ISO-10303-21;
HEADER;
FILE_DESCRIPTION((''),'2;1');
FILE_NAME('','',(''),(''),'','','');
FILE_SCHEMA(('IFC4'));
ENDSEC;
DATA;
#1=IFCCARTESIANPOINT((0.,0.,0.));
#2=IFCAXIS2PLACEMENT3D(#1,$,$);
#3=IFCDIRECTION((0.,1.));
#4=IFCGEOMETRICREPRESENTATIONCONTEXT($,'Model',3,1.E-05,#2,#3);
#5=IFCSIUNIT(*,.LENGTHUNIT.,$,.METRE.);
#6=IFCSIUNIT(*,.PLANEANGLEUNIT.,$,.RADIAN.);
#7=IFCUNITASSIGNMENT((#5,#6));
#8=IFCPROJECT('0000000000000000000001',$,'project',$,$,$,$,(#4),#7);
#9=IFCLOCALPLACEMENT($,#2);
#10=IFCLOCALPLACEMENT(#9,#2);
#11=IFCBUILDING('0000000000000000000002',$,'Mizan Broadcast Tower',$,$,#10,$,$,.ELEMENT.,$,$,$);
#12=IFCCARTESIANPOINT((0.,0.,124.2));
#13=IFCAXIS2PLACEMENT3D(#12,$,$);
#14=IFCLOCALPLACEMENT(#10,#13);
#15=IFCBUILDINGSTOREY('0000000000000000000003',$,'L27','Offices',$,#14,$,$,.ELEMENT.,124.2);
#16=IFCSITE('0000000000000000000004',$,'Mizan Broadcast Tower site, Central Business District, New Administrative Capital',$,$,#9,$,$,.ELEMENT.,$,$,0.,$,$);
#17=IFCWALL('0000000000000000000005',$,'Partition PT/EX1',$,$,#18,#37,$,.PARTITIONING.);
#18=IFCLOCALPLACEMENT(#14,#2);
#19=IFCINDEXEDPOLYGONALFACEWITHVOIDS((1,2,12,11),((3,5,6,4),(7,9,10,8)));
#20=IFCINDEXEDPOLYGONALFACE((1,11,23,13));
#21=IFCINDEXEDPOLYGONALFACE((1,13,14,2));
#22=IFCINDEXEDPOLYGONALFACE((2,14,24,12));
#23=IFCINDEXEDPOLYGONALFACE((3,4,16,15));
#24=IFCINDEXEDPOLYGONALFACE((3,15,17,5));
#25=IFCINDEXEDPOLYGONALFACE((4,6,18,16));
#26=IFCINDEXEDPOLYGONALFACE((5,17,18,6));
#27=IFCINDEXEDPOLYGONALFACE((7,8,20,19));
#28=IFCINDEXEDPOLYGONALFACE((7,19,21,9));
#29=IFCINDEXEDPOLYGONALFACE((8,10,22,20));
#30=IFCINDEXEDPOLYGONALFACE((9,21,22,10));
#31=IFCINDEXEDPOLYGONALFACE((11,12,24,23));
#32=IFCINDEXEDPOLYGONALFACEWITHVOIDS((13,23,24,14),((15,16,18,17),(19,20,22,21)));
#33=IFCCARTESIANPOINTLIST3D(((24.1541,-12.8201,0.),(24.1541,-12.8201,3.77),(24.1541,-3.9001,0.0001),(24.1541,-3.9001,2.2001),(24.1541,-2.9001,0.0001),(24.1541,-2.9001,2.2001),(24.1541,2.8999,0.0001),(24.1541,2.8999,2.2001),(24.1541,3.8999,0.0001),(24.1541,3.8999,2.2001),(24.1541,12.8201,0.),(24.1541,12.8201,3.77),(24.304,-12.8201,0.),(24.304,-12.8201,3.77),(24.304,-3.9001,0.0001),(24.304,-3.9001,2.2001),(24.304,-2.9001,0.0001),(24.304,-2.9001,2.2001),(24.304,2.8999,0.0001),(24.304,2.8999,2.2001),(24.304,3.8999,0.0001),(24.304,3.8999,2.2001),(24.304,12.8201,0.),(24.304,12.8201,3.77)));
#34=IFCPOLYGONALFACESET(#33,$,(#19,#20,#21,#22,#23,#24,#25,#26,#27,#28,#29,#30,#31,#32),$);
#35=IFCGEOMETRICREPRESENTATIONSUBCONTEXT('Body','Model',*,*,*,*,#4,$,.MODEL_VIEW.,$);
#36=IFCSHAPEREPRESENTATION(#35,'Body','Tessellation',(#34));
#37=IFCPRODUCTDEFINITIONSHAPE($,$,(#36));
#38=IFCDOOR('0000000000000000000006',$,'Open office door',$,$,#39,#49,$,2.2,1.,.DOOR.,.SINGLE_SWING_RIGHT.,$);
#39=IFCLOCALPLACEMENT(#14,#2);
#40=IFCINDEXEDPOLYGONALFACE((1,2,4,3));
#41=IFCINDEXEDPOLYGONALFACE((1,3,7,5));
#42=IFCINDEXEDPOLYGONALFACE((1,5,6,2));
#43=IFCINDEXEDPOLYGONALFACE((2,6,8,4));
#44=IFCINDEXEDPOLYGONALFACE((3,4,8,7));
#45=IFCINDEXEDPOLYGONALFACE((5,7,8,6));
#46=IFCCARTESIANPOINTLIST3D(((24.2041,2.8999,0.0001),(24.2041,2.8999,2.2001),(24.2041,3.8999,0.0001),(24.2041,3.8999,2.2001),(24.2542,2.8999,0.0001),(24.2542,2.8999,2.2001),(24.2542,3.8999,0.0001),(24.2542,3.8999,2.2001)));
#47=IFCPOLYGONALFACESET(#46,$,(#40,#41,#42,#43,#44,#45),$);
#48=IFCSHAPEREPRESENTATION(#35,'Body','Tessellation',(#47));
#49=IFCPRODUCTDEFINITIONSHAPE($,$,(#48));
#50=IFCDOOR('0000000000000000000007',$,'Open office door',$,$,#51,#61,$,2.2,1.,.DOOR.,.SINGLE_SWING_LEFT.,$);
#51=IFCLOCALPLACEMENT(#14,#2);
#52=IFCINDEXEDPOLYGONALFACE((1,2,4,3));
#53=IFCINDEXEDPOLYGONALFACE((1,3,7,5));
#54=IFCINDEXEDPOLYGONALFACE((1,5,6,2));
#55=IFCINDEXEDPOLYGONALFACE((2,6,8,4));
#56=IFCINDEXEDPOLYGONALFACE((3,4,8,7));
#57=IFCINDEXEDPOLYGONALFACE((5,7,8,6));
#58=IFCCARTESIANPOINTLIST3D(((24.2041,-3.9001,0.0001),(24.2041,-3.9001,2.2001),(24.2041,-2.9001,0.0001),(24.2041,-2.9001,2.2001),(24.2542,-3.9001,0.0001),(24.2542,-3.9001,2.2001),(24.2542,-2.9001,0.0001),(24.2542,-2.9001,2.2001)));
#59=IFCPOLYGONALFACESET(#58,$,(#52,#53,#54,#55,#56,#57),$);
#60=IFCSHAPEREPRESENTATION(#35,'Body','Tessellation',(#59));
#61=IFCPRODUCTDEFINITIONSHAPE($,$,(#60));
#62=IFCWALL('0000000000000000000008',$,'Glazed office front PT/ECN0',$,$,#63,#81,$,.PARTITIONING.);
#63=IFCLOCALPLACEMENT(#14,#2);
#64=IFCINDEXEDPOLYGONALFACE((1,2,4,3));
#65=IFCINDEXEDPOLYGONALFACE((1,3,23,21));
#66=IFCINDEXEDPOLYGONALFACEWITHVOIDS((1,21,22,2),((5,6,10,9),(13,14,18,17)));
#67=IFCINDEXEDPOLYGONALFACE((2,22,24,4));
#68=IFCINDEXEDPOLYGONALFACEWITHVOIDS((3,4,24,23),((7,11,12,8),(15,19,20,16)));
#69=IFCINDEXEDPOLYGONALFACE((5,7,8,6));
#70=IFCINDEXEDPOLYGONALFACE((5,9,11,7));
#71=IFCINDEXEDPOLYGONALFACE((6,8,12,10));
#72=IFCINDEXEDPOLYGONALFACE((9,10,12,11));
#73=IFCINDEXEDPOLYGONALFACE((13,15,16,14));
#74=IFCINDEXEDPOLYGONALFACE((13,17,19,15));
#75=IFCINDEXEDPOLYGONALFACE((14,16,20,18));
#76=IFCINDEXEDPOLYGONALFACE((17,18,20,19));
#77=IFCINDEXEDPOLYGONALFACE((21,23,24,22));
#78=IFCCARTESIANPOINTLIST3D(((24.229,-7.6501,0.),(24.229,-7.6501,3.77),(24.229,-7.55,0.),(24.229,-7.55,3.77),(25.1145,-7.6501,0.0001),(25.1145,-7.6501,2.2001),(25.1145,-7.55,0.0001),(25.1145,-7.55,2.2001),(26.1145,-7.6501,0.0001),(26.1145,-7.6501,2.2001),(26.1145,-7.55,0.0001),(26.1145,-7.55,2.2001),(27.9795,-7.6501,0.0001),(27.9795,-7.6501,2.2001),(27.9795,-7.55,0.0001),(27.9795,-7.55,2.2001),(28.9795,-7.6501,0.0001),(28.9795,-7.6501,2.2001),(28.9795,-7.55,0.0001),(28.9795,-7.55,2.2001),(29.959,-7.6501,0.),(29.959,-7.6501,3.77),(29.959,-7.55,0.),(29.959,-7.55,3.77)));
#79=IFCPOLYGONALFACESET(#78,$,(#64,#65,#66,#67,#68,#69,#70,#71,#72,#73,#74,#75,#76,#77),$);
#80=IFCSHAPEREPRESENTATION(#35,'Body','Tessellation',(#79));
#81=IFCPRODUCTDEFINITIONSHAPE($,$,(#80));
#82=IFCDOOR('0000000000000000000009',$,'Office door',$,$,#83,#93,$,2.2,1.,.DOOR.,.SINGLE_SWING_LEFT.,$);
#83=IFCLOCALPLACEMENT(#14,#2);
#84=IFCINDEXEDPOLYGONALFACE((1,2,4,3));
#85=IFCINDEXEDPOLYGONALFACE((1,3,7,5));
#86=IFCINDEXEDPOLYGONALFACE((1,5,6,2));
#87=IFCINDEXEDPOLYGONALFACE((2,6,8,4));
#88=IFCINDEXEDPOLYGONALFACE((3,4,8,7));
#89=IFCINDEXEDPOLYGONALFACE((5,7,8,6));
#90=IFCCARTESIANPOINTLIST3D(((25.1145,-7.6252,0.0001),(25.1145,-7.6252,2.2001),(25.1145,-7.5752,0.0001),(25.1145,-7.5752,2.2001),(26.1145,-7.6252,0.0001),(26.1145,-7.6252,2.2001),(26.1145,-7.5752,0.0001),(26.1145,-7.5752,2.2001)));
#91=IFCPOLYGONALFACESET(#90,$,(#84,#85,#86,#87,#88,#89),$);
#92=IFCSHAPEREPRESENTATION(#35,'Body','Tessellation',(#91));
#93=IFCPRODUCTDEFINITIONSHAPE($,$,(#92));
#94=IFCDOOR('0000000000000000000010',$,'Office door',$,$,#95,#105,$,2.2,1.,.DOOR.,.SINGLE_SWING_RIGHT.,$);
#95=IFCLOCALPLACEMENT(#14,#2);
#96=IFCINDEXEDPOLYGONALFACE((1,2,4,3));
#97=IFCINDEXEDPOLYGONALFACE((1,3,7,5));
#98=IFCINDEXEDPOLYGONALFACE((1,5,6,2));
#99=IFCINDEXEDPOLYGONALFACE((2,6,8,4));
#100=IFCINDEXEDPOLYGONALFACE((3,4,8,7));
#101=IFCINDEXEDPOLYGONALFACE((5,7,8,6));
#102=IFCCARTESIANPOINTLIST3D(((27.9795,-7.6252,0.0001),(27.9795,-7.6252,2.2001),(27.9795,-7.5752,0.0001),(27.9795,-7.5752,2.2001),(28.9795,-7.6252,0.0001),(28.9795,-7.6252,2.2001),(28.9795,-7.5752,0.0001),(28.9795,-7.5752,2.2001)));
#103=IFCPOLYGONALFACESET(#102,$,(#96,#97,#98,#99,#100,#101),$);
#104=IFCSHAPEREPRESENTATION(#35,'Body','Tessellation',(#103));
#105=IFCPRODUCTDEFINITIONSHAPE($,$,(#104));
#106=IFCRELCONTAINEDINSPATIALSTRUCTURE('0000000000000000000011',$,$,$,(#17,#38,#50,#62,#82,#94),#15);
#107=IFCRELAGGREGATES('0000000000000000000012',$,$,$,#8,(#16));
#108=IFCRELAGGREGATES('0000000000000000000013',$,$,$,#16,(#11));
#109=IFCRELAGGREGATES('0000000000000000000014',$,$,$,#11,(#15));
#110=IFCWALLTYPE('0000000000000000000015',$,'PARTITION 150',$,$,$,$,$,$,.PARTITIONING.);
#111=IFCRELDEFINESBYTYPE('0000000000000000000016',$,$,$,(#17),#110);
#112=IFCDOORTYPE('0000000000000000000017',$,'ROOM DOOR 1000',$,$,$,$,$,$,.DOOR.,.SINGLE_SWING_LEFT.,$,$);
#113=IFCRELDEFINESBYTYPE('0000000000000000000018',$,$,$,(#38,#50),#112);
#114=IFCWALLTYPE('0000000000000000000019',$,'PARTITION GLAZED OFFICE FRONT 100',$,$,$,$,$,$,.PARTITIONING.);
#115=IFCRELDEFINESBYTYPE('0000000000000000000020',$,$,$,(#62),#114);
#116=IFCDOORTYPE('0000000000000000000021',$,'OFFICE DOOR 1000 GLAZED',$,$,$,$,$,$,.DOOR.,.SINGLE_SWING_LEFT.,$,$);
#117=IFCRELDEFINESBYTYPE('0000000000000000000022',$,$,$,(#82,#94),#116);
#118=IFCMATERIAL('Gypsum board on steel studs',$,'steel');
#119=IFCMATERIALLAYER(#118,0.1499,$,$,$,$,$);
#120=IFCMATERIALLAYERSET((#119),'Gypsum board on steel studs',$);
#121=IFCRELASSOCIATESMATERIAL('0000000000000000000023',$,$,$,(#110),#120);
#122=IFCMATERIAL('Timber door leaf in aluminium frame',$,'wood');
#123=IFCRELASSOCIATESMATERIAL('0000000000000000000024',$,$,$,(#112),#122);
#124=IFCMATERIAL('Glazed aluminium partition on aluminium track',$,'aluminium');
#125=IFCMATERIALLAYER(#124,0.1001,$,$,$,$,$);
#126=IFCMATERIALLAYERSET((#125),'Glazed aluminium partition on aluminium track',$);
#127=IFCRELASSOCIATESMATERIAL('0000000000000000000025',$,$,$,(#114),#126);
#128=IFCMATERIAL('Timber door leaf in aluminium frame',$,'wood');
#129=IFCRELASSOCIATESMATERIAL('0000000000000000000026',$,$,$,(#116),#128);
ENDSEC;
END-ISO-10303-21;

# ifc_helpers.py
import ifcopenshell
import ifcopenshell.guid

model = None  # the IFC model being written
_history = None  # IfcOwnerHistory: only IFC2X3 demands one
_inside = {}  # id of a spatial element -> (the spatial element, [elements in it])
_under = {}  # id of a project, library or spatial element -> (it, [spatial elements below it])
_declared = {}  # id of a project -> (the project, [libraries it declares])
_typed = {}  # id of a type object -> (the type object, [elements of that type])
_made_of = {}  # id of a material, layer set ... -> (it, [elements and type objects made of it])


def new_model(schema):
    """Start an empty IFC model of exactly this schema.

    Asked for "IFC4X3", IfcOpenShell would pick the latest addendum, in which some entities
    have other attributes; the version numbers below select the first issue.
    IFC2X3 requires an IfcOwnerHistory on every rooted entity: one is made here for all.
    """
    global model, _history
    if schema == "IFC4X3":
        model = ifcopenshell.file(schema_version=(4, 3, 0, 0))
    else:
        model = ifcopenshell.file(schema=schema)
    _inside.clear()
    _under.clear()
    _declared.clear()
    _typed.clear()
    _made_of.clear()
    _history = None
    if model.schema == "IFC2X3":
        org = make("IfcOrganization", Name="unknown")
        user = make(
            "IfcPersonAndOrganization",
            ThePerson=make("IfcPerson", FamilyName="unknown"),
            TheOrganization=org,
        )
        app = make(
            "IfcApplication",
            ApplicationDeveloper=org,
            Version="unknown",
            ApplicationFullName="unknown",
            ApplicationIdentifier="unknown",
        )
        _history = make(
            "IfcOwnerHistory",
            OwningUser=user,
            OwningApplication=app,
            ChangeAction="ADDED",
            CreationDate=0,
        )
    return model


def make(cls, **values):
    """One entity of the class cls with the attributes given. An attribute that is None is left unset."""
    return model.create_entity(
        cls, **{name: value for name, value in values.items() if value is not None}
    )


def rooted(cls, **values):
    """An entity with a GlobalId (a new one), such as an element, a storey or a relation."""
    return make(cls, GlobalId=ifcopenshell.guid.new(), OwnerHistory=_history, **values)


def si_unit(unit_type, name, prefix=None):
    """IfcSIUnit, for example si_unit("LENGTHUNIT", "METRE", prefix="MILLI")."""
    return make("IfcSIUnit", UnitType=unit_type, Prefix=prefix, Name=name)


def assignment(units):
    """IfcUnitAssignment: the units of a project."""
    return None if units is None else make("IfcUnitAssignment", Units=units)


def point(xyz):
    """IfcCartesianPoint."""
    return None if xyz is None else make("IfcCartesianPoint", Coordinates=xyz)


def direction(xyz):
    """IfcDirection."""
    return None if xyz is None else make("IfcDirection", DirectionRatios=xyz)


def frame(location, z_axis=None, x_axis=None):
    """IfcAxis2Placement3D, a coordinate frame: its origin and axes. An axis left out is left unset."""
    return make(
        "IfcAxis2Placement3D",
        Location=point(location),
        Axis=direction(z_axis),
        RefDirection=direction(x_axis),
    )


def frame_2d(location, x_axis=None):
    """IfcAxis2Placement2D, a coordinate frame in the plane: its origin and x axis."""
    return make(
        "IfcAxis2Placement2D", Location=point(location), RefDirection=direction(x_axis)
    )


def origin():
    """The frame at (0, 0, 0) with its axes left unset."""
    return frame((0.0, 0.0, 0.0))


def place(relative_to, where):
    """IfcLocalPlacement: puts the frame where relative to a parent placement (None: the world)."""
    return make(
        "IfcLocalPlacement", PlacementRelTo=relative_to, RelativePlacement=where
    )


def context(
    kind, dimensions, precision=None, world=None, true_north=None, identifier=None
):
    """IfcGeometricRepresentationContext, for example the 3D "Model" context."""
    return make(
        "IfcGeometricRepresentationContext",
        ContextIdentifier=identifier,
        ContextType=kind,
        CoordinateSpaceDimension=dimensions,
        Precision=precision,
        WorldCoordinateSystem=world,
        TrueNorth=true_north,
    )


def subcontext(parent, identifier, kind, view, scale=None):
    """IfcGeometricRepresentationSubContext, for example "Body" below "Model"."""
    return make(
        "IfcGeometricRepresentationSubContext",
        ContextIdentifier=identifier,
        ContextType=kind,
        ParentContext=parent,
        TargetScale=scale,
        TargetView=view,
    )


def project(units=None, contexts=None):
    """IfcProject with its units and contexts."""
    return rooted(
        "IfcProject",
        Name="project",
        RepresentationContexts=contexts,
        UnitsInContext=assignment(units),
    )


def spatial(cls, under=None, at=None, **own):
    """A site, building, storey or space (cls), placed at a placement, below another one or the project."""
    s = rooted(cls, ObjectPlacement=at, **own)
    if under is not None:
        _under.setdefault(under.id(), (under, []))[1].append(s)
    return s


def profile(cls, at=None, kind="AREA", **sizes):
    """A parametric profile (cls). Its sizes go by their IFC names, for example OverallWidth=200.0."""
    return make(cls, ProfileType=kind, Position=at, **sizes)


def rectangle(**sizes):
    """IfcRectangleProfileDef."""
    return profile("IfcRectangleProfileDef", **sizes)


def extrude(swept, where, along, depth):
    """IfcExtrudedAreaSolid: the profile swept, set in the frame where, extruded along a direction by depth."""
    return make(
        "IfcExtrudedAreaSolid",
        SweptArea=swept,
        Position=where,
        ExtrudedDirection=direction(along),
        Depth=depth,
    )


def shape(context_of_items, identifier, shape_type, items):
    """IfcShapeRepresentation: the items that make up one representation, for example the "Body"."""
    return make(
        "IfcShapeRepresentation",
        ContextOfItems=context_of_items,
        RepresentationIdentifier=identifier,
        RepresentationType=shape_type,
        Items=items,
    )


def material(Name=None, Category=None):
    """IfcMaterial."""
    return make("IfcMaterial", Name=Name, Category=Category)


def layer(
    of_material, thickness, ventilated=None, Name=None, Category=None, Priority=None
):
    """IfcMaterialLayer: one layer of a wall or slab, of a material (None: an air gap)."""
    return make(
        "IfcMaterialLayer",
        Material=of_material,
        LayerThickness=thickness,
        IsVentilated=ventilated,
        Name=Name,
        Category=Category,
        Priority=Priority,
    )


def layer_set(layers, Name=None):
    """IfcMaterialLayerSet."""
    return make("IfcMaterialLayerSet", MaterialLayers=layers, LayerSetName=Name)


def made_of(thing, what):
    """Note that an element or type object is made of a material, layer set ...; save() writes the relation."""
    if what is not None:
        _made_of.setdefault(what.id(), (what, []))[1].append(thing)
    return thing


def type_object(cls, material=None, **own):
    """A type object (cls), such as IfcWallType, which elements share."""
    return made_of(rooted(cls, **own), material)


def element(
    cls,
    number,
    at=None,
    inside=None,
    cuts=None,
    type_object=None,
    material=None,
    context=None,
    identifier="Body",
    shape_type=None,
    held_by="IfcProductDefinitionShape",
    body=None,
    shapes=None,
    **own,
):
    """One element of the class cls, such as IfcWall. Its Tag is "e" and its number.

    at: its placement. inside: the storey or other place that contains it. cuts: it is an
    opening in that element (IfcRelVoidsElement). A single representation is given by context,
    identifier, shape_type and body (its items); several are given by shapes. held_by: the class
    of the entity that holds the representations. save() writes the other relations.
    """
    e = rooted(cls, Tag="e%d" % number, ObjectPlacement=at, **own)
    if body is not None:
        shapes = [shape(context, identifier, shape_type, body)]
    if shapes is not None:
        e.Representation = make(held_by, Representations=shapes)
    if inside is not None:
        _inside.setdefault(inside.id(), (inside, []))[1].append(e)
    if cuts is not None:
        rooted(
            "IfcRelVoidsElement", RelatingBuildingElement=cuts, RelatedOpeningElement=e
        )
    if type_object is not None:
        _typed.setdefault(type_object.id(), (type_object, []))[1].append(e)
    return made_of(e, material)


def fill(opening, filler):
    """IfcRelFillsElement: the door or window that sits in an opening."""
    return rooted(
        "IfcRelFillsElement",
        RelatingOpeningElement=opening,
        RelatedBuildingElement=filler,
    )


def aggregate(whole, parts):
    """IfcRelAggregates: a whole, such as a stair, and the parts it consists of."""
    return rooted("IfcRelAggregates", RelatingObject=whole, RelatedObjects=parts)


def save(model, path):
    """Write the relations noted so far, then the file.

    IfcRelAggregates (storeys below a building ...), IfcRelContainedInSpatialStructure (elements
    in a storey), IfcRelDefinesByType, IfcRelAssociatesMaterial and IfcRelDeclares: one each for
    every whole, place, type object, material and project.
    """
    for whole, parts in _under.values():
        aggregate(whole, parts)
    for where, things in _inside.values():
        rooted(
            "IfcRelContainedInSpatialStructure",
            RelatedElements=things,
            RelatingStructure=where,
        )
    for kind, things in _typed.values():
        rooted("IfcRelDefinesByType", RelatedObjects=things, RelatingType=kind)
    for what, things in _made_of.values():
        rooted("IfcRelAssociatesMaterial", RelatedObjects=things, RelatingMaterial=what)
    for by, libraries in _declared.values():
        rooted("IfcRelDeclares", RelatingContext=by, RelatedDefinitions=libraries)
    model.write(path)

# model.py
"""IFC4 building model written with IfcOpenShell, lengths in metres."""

from ifc_helpers import new_model, si_unit, direction, frame, frame_2d, origin, place, context, subcontext, project, spatial, rectangle, extrude, material, layer, layer_set, type_object, element, fill, save


model = new_model("IFC4")

# Units and contexts
model_context = context("Model", 3, precision=1e-05, world=origin(), true_north=direction((0.0, 1.0)))
body_context = subcontext(model_context, "Body", "Model", "MODEL_VIEW")
ifc_project = project(units=[si_unit("LENGTHUNIT", "METRE"), si_unit("PLANEANGLEUNIT", "RADIAN")], contexts=[model_context])

# Site, building, storey
site_placement = place(None, origin())
site = spatial("IfcSite", under=ifc_project, at=site_placement, Name="Mizan Broadcast Tower site, Central Business District, New Administrative Capital", CompositionType="ELEMENT", RefElevation=0.0)
building_placement = place(site_placement, origin())
building = spatial("IfcBuilding", under=site, at=building_placement, Name="Mizan Broadcast Tower", CompositionType="ELEMENT")
storey_placement = place(building_placement, frame((0.0, 0.0, 124.2)))
storey = spatial("IfcBuildingStorey", under=building, at=storey_placement, Name="L27", Description="Offices", CompositionType="ELEMENT", Elevation=124.2)

# Walls, openings, doors
ifc_material_1 = material(Name="Gypsum board on steel studs", Category="steel")
ifc_layer_1 = layer(ifc_material_1, 0.1499)
ifc_layer_set_1 = layer_set([ifc_layer_1], Name="Gypsum board on steel studs")
wall_type_1 = type_object("IfcWallType", Name="PARTITION 150", PredefinedType="PARTITIONING", material=ifc_layer_set_1)
wall_1_placement = place(storey_placement, frame((24.229, -12.8201, 0.0), z_axis=(0.0, 0.0, 1.0), x_axis=(0.0, 1.0, 0.0)))
wall_1 = element("IfcWall", 1, at=wall_1_placement, inside=storey, type_object=wall_type_1, Name="Partition PT/EX1", PredefinedType="PARTITIONING", context=body_context, shape_type="SweptSolid", body=[
    extrude(rectangle(XDim=25.6401, YDim=0.1499, at=frame_2d((12.8201, 0.0))), origin(), (0.0, 0.0, 1.0), 3.77),
])
opening_1_placement = place(wall_1_placement, frame((15.72, 0.0, 0.0)))
opening_1 = element("IfcOpeningElement", 2, at=opening_1_placement, cuts=wall_1, PredefinedType="OPENING", context=body_context, shape_type="SweptSolid", body=[
    extrude(rectangle(XDim=1.0, YDim=2.2, at=frame_2d((0.5, 1.1001))), frame((0.0, 0.085, 0.0), z_axis=(0.0, -1.0, 0.0), x_axis=(1.0, 0.0, 0.0)), (0.0, 0.0, 1.0), 0.1699),
])
opening_2_placement = place(wall_1_placement, frame((8.9199, 0.0, 0.0)))
opening_2 = element("IfcOpeningElement", 3, at=opening_2_placement, cuts=wall_1, PredefinedType="OPENING", context=body_context, shape_type="SweptSolid", body=[
    extrude(rectangle(XDim=1.0, YDim=2.2, at=frame_2d((0.5, 1.1001))), frame((0.0, 0.085, 0.0), z_axis=(0.0, -1.0, 0.0), x_axis=(1.0, 0.0, 0.0)), (0.0, 0.0, 1.0), 0.1699),
])
ifc_material_2 = material(Name="Timber door leaf in aluminium frame", Category="wood")
door_type_1 = type_object("IfcDoorType", Name="ROOM DOOR 1000", OperationType="SINGLE_SWING_LEFT", PredefinedType="DOOR", material=ifc_material_2)
door_1_placement = place(opening_1_placement, origin())
door_1 = element("IfcDoor", 4, at=door_1_placement, inside=storey, type_object=door_type_1, Name="Open office door", OperationType="SINGLE_SWING_RIGHT", OverallHeight=2.2, OverallWidth=1.0, PredefinedType="DOOR", context=body_context, shape_type="SweptSolid", body=[
    extrude(rectangle(XDim=1.0, YDim=2.2, at=frame_2d((0.5, 1.1001))), frame((0.0, 0.0249, 0.0), z_axis=(0.0, -1.0, 0.0), x_axis=(1.0, 0.0, 0.0)), (0.0, 0.0, 1.0), 0.05),
])
fill(opening_1, door_1)
door_2_placement = place(opening_2_placement, origin())
door_2 = element("IfcDoor", 5, at=door_2_placement, inside=storey, type_object=door_type_1, Name="Open office door", OperationType="SINGLE_SWING_LEFT", OverallHeight=2.2, OverallWidth=1.0, PredefinedType="DOOR", context=body_context, shape_type="SweptSolid", body=[
    extrude(rectangle(XDim=1.0, YDim=2.2, at=frame_2d((0.5, 1.1001))), frame((0.0, 0.0249, 0.0), z_axis=(0.0, -1.0, 0.0), x_axis=(1.0, 0.0, 0.0)), (0.0, 0.0, 1.0), 0.05),
])
fill(opening_2, door_2)
ifc_material_3 = material(Name="Glazed aluminium partition on aluminium track", Category="aluminium")
ifc_layer_2 = layer(ifc_material_3, 0.1001)
ifc_layer_set_2 = layer_set([ifc_layer_2], Name="Glazed aluminium partition on aluminium track")
wall_type_2 = type_object("IfcWallType", Name="PARTITION GLAZED OFFICE FRONT 100", PredefinedType="PARTITIONING", material=ifc_layer_set_2)
wall_2_placement = place(storey_placement, frame((24.229, -7.6001, 0.0), z_axis=(0.0, 0.0, 1.0), x_axis=(1.0, 0.0, 0.0)))
wall_2 = element("IfcWall", 6, at=wall_2_placement, inside=storey, type_object=wall_type_2, Name="Glazed office front PT/ECN0", PredefinedType="PARTITIONING", context=body_context, shape_type="SweptSolid", body=[
    extrude(rectangle(XDim=5.73, YDim=0.1001, at=frame_2d((2.865, 0.0))), origin(), (0.0, 0.0, 1.0), 3.77),
])
opening_3_placement = place(wall_2_placement, frame((0.8855, 0.0, 0.0)))
opening_3 = element("IfcOpeningElement", 7, at=opening_3_placement, cuts=wall_2, PredefinedType="OPENING", context=body_context, shape_type="SweptSolid", body=[
    extrude(rectangle(XDim=1.0, YDim=2.2, at=frame_2d((0.5, 1.1001))), frame((0.0, 0.0601, 0.0), z_axis=(0.0, -1.0, 0.0), x_axis=(1.0, 0.0, 0.0)), (0.0, 0.0, 1.0), 0.1201),
])
opening_4_placement = place(wall_2_placement, frame((3.7505, 0.0, 0.0)))
opening_4 = element("IfcOpeningElement", 8, at=opening_4_placement, cuts=wall_2, PredefinedType="OPENING", context=body_context, shape_type="SweptSolid", body=[
    extrude(rectangle(XDim=1.0, YDim=2.2, at=frame_2d((0.5, 1.1001))), frame((0.0, 0.0601, 0.0), z_axis=(0.0, -1.0, 0.0), x_axis=(1.0, 0.0, 0.0)), (0.0, 0.0, 1.0), 0.1201),
])
ifc_material_4 = material(Name="Timber door leaf in aluminium frame", Category="wood")
door_type_2 = type_object("IfcDoorType", Name="OFFICE DOOR 1000 GLAZED", OperationType="SINGLE_SWING_LEFT", PredefinedType="DOOR", material=ifc_material_4)
door_3_placement = place(opening_3_placement, origin())
door_3 = element("IfcDoor", 9, at=door_3_placement, inside=storey, type_object=door_type_2, Name="Office door", OperationType="SINGLE_SWING_LEFT", OverallHeight=2.2, OverallWidth=1.0, PredefinedType="DOOR", context=body_context, shape_type="SweptSolid", body=[
    extrude(rectangle(XDim=1.0, YDim=2.2, at=frame_2d((0.5, 1.1001))), frame((0.0, 0.0249, 0.0), z_axis=(0.0, -1.0, 0.0), x_axis=(1.0, 0.0, 0.0)), (0.0, 0.0, 1.0), 0.05),
])
fill(opening_3, door_3)
door_4_placement = place(opening_4_placement, origin())
door_4 = element("IfcDoor", 10, at=door_4_placement, inside=storey, type_object=door_type_2, Name="Office door", OperationType="SINGLE_SWING_RIGHT", OverallHeight=2.2, OverallWidth=1.0, PredefinedType="DOOR", context=body_context, shape_type="SweptSolid", body=[
    extrude(rectangle(XDim=1.0, YDim=2.2, at=frame_2d((0.5, 1.1001))), frame((0.0, 0.0249, 0.0), z_axis=(0.0, -1.0, 0.0), x_axis=(1.0, 0.0, 0.0)), (0.0, 0.0, 1.0), 0.05),
])
fill(opening_4, door_4)

save(model, "model.ifc")
